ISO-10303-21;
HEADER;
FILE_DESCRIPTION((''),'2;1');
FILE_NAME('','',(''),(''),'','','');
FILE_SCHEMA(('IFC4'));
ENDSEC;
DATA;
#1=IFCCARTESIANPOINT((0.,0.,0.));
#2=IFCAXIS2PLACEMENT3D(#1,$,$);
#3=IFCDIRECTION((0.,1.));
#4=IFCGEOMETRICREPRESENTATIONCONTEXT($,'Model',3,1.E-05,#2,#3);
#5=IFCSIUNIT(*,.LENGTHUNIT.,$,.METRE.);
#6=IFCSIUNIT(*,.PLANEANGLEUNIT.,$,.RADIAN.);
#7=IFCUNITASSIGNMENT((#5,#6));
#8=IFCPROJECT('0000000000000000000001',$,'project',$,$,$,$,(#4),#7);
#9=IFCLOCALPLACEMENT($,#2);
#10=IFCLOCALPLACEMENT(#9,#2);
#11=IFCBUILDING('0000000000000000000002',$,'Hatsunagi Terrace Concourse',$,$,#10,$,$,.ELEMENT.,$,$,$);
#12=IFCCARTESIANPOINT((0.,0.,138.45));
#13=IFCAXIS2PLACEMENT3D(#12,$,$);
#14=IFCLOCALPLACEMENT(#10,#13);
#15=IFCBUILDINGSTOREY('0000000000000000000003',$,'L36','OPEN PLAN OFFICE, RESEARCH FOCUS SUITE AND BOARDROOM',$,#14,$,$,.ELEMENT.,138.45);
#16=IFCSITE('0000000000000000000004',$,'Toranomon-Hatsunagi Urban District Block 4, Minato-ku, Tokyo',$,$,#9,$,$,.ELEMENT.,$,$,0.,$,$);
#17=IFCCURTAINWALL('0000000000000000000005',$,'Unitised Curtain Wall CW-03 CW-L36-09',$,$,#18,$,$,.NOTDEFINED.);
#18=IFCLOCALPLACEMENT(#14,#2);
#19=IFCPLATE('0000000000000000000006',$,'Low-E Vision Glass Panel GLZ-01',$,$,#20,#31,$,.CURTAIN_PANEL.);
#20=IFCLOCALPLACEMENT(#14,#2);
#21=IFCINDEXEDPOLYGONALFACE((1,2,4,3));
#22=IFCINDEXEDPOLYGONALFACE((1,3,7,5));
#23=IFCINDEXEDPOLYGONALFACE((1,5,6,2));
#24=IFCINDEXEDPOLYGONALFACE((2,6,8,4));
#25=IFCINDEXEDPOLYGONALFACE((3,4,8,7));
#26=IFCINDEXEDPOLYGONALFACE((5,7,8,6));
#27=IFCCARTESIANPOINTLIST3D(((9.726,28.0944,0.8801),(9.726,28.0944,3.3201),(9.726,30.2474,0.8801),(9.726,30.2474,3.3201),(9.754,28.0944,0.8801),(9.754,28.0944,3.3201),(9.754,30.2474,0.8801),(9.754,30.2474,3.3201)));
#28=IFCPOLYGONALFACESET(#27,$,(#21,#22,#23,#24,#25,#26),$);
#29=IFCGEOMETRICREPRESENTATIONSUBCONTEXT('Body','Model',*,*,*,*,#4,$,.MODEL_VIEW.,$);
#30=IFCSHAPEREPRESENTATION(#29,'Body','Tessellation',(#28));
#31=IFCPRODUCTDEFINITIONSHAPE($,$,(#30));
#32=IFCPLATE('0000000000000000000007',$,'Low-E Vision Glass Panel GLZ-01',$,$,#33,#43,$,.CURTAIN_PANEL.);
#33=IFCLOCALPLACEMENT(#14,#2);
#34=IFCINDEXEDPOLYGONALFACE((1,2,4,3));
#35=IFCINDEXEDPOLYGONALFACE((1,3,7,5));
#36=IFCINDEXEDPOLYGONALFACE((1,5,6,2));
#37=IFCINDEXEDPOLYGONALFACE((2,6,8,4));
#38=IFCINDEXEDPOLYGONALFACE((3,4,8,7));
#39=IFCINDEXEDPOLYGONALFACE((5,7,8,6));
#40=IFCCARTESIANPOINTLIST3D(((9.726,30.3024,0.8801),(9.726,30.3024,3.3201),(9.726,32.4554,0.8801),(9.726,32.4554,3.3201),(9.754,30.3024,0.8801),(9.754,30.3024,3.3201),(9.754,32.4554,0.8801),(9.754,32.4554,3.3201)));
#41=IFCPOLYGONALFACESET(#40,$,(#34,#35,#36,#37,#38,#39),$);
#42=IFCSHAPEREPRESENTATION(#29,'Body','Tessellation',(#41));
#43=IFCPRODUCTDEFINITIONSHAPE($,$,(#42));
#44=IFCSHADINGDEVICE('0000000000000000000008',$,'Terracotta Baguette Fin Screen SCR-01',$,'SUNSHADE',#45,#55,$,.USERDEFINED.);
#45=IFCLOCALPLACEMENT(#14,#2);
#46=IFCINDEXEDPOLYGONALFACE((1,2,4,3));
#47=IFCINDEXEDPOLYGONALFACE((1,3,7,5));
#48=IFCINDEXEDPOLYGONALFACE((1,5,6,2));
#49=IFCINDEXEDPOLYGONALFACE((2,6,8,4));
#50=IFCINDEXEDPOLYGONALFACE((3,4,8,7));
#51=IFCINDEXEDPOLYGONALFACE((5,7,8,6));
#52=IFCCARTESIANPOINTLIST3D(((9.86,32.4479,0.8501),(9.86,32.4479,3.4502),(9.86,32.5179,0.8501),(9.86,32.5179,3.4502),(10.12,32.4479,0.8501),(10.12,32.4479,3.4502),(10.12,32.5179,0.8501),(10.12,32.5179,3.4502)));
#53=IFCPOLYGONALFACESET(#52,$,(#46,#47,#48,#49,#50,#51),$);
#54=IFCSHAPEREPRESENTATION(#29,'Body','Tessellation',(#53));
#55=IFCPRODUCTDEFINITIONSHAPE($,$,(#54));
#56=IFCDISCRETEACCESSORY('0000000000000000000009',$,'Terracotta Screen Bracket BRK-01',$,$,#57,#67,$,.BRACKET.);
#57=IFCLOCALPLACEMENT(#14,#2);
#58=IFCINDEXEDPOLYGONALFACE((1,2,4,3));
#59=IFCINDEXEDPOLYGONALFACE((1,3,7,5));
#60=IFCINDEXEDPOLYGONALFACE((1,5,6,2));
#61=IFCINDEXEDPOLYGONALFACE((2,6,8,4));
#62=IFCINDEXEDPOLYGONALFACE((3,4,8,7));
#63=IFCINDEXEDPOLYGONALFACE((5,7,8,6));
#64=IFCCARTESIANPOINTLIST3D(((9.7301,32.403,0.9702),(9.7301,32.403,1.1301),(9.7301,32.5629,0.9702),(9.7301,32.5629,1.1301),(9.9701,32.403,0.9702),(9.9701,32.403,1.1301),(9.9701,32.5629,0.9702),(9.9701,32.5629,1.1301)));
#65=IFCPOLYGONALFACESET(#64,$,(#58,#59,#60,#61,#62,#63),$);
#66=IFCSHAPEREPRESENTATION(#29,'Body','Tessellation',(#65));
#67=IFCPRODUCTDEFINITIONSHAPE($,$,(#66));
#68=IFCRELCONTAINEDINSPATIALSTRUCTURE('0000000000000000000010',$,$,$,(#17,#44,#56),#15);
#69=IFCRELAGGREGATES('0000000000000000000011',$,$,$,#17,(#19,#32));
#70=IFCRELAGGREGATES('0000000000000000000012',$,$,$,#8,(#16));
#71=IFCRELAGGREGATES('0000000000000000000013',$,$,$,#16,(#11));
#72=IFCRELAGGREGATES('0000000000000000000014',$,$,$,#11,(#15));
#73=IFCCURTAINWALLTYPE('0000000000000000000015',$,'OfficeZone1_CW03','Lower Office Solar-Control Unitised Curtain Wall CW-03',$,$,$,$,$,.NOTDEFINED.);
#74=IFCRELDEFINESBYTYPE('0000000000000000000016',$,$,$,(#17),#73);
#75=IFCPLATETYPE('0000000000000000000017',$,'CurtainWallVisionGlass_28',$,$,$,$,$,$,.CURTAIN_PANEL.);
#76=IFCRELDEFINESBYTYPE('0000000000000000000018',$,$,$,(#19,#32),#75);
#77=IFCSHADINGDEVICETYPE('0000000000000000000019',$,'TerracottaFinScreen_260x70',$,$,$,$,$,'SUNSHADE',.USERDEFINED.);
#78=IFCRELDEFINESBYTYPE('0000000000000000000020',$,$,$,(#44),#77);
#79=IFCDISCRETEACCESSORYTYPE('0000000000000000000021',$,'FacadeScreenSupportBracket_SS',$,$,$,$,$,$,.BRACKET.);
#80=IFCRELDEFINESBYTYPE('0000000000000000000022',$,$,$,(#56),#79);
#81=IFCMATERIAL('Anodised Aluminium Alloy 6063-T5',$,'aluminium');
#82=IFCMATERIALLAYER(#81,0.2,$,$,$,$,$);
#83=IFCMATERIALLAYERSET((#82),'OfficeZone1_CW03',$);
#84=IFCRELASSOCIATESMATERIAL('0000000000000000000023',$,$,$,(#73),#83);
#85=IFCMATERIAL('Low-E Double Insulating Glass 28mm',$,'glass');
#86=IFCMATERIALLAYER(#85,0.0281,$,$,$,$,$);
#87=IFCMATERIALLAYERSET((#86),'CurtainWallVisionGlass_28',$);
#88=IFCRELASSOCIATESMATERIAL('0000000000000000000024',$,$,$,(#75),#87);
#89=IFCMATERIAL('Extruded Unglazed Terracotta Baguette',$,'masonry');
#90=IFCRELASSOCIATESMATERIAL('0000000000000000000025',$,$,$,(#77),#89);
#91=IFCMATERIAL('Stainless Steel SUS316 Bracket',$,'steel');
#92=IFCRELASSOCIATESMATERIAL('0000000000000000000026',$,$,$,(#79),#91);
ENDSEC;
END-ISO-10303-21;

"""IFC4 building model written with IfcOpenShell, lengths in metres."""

from ifc_helpers import new_model, si_unit, direction, frame, origin, origin_2d, place, context, subcontext, project, spatial, rectangle, extrude, material, layer, layer_set, type_object, element, aggregate, save


model = new_model("IFC4")

# Units and contexts
model_context = context("Model", 3, precision=1e-05, world=origin(), true_north=direction((0.0, 1.0)))
body_context = subcontext(model_context, "Body", "Model", "MODEL_VIEW")
ifc_project = project(units=[si_unit("LENGTHUNIT", "METRE"), si_unit("PLANEANGLEUNIT", "RADIAN")], contexts=[model_context])

# Site, building, storey
site_placement = place(None, origin())
site = spatial("IfcSite", under=ifc_project, at=site_placement, Name="Toranomon-Hatsunagi Urban District Block 4, Minato-ku, Tokyo", CompositionType="ELEMENT", RefElevation=0.0)
building_placement = place(site_placement, origin())
building = spatial("IfcBuilding", under=site, at=building_placement, Name="Hatsunagi Terrace Concourse", CompositionType="ELEMENT")
storey_placement = place(building_placement, frame((0.0, 0.0, 138.45)))
storey = spatial("IfcBuildingStorey", under=building, at=storey_placement, Name="L36", Description="OPEN PLAN OFFICE, RESEARCH FOCUS SUITE AND BOARDROOM", CompositionType="ELEMENT", Elevation=138.45)

# Curtain wall
ifc_material_1 = material(Name="Anodised Aluminium Alloy 6063-T5", Category="aluminium")
ifc_layer_1 = layer(ifc_material_1, 0.2)
ifc_layer_set_1 = layer_set([ifc_layer_1], Name="OfficeZone1_CW03")
curtain_wall_type = type_object("IfcCurtainWallType", Name="OfficeZone1_CW03", Description="Lower Office Solar-Control Unitised Curtain Wall CW-03", PredefinedType="NOTDEFINED", material=ifc_layer_set_1)
curtain_wall_placement = place(storey_placement, origin())
curtain_wall = element("IfcCurtainWall", 1, at=curtain_wall_placement, inside=storey, type_object=curtain_wall_type, Name="Unitised Curtain Wall CW-03 CW-L36-09", PredefinedType="NOTDEFINED")

# Plates
ifc_material_2 = material(Name="Low-E Double Insulating Glass 28mm", Category="glass")
ifc_layer_2 = layer(ifc_material_2, 0.0281)
ifc_layer_set_2 = layer_set([ifc_layer_2], Name="CurtainWallVisionGlass_28")
plate_type_1 = type_object("IfcPlateType", Name="CurtainWallVisionGlass_28", PredefinedType="CURTAIN_PANEL", material=ifc_layer_set_2)
plate_1_placement = place(storey_placement, frame((9.74, 29.1709, 0.8801), z_axis=(0.0, 0.0, 1.0), x_axis=(0.0, 1.0, 0.0)))
plate_1 = element("IfcPlate", 2, at=plate_1_placement, type_object=plate_type_1, Name="Low-E Vision Glass Panel GLZ-01", PredefinedType="CURTAIN_PANEL", context=body_context, shape_type="SweptSolid", body=[
    extrude(rectangle(XDim=2.1531, YDim=0.0281, at=origin_2d()), origin(), (0.0, 0.0, 1.0), 2.4399),
])
plate_2_placement = place(storey_placement, frame((9.74, 31.3789, 0.8801), z_axis=(0.0, 0.0, 1.0), x_axis=(0.0, 1.0, 0.0)))
plate_2 = element("IfcPlate", 3, at=plate_2_placement, type_object=plate_type_1, Name="Low-E Vision Glass Panel GLZ-01", PredefinedType="CURTAIN_PANEL", context=body_context, shape_type="SweptSolid", body=[
    extrude(rectangle(XDim=2.1531, YDim=0.0281, at=origin_2d()), origin(), (0.0, 0.0, 1.0), 2.4399),
])
aggregate(curtain_wall, [plate_1, plate_2])

# Shading device
ifc_material_3 = material(Name="Extruded Unglazed Terracotta Baguette", Category="masonry")
shading_device_type = type_object("IfcShadingDeviceType", Name="TerracottaFinScreen_260x70", ElementType="SUNSHADE", PredefinedType="USERDEFINED", material=ifc_material_3)
shading_device_placement = place(storey_placement, frame((9.99, 32.4829, 0.8501), z_axis=(0.0, 0.0, 1.0), x_axis=(0.0, 1.0, 0.0)))
element("IfcShadingDevice", 4, at=shading_device_placement, inside=storey, type_object=shading_device_type, Name="Terracotta Baguette Fin Screen SCR-01", ObjectType="SUNSHADE", PredefinedType="USERDEFINED", context=body_context, shape_type="SweptSolid", body=[
    extrude(rectangle(XDim=0.0701, YDim=0.26, at=origin_2d()), origin(), (0.0, 0.0, 1.0), 2.6001),
])

# Discrete accessory
ifc_material_4 = material(Name="Stainless Steel SUS316 Bracket", Category="steel")
discrete_accessory_type = type_object("IfcDiscreteAccessoryType", Name="FacadeScreenSupportBracket_SS", PredefinedType="BRACKET", material=ifc_material_4)
discrete_accessory_placement = place(storey_placement, frame((9.8501, 32.4829, 0.9702), z_axis=(0.0, 0.0, 1.0), x_axis=(0.0, 1.0, 0.0)))
element("IfcDiscreteAccessory", 5, at=discrete_accessory_placement, inside=storey, type_object=discrete_accessory_type, Name="Terracotta Screen Bracket BRK-01", PredefinedType="BRACKET", context=body_context, shape_type="SweptSolid", body=[
    extrude(rectangle(XDim=0.1599, YDim=0.24, at=origin_2d()), origin(), (0.0, 0.0, 1.0), 0.1599),
])

save(model, "model.ifc")
